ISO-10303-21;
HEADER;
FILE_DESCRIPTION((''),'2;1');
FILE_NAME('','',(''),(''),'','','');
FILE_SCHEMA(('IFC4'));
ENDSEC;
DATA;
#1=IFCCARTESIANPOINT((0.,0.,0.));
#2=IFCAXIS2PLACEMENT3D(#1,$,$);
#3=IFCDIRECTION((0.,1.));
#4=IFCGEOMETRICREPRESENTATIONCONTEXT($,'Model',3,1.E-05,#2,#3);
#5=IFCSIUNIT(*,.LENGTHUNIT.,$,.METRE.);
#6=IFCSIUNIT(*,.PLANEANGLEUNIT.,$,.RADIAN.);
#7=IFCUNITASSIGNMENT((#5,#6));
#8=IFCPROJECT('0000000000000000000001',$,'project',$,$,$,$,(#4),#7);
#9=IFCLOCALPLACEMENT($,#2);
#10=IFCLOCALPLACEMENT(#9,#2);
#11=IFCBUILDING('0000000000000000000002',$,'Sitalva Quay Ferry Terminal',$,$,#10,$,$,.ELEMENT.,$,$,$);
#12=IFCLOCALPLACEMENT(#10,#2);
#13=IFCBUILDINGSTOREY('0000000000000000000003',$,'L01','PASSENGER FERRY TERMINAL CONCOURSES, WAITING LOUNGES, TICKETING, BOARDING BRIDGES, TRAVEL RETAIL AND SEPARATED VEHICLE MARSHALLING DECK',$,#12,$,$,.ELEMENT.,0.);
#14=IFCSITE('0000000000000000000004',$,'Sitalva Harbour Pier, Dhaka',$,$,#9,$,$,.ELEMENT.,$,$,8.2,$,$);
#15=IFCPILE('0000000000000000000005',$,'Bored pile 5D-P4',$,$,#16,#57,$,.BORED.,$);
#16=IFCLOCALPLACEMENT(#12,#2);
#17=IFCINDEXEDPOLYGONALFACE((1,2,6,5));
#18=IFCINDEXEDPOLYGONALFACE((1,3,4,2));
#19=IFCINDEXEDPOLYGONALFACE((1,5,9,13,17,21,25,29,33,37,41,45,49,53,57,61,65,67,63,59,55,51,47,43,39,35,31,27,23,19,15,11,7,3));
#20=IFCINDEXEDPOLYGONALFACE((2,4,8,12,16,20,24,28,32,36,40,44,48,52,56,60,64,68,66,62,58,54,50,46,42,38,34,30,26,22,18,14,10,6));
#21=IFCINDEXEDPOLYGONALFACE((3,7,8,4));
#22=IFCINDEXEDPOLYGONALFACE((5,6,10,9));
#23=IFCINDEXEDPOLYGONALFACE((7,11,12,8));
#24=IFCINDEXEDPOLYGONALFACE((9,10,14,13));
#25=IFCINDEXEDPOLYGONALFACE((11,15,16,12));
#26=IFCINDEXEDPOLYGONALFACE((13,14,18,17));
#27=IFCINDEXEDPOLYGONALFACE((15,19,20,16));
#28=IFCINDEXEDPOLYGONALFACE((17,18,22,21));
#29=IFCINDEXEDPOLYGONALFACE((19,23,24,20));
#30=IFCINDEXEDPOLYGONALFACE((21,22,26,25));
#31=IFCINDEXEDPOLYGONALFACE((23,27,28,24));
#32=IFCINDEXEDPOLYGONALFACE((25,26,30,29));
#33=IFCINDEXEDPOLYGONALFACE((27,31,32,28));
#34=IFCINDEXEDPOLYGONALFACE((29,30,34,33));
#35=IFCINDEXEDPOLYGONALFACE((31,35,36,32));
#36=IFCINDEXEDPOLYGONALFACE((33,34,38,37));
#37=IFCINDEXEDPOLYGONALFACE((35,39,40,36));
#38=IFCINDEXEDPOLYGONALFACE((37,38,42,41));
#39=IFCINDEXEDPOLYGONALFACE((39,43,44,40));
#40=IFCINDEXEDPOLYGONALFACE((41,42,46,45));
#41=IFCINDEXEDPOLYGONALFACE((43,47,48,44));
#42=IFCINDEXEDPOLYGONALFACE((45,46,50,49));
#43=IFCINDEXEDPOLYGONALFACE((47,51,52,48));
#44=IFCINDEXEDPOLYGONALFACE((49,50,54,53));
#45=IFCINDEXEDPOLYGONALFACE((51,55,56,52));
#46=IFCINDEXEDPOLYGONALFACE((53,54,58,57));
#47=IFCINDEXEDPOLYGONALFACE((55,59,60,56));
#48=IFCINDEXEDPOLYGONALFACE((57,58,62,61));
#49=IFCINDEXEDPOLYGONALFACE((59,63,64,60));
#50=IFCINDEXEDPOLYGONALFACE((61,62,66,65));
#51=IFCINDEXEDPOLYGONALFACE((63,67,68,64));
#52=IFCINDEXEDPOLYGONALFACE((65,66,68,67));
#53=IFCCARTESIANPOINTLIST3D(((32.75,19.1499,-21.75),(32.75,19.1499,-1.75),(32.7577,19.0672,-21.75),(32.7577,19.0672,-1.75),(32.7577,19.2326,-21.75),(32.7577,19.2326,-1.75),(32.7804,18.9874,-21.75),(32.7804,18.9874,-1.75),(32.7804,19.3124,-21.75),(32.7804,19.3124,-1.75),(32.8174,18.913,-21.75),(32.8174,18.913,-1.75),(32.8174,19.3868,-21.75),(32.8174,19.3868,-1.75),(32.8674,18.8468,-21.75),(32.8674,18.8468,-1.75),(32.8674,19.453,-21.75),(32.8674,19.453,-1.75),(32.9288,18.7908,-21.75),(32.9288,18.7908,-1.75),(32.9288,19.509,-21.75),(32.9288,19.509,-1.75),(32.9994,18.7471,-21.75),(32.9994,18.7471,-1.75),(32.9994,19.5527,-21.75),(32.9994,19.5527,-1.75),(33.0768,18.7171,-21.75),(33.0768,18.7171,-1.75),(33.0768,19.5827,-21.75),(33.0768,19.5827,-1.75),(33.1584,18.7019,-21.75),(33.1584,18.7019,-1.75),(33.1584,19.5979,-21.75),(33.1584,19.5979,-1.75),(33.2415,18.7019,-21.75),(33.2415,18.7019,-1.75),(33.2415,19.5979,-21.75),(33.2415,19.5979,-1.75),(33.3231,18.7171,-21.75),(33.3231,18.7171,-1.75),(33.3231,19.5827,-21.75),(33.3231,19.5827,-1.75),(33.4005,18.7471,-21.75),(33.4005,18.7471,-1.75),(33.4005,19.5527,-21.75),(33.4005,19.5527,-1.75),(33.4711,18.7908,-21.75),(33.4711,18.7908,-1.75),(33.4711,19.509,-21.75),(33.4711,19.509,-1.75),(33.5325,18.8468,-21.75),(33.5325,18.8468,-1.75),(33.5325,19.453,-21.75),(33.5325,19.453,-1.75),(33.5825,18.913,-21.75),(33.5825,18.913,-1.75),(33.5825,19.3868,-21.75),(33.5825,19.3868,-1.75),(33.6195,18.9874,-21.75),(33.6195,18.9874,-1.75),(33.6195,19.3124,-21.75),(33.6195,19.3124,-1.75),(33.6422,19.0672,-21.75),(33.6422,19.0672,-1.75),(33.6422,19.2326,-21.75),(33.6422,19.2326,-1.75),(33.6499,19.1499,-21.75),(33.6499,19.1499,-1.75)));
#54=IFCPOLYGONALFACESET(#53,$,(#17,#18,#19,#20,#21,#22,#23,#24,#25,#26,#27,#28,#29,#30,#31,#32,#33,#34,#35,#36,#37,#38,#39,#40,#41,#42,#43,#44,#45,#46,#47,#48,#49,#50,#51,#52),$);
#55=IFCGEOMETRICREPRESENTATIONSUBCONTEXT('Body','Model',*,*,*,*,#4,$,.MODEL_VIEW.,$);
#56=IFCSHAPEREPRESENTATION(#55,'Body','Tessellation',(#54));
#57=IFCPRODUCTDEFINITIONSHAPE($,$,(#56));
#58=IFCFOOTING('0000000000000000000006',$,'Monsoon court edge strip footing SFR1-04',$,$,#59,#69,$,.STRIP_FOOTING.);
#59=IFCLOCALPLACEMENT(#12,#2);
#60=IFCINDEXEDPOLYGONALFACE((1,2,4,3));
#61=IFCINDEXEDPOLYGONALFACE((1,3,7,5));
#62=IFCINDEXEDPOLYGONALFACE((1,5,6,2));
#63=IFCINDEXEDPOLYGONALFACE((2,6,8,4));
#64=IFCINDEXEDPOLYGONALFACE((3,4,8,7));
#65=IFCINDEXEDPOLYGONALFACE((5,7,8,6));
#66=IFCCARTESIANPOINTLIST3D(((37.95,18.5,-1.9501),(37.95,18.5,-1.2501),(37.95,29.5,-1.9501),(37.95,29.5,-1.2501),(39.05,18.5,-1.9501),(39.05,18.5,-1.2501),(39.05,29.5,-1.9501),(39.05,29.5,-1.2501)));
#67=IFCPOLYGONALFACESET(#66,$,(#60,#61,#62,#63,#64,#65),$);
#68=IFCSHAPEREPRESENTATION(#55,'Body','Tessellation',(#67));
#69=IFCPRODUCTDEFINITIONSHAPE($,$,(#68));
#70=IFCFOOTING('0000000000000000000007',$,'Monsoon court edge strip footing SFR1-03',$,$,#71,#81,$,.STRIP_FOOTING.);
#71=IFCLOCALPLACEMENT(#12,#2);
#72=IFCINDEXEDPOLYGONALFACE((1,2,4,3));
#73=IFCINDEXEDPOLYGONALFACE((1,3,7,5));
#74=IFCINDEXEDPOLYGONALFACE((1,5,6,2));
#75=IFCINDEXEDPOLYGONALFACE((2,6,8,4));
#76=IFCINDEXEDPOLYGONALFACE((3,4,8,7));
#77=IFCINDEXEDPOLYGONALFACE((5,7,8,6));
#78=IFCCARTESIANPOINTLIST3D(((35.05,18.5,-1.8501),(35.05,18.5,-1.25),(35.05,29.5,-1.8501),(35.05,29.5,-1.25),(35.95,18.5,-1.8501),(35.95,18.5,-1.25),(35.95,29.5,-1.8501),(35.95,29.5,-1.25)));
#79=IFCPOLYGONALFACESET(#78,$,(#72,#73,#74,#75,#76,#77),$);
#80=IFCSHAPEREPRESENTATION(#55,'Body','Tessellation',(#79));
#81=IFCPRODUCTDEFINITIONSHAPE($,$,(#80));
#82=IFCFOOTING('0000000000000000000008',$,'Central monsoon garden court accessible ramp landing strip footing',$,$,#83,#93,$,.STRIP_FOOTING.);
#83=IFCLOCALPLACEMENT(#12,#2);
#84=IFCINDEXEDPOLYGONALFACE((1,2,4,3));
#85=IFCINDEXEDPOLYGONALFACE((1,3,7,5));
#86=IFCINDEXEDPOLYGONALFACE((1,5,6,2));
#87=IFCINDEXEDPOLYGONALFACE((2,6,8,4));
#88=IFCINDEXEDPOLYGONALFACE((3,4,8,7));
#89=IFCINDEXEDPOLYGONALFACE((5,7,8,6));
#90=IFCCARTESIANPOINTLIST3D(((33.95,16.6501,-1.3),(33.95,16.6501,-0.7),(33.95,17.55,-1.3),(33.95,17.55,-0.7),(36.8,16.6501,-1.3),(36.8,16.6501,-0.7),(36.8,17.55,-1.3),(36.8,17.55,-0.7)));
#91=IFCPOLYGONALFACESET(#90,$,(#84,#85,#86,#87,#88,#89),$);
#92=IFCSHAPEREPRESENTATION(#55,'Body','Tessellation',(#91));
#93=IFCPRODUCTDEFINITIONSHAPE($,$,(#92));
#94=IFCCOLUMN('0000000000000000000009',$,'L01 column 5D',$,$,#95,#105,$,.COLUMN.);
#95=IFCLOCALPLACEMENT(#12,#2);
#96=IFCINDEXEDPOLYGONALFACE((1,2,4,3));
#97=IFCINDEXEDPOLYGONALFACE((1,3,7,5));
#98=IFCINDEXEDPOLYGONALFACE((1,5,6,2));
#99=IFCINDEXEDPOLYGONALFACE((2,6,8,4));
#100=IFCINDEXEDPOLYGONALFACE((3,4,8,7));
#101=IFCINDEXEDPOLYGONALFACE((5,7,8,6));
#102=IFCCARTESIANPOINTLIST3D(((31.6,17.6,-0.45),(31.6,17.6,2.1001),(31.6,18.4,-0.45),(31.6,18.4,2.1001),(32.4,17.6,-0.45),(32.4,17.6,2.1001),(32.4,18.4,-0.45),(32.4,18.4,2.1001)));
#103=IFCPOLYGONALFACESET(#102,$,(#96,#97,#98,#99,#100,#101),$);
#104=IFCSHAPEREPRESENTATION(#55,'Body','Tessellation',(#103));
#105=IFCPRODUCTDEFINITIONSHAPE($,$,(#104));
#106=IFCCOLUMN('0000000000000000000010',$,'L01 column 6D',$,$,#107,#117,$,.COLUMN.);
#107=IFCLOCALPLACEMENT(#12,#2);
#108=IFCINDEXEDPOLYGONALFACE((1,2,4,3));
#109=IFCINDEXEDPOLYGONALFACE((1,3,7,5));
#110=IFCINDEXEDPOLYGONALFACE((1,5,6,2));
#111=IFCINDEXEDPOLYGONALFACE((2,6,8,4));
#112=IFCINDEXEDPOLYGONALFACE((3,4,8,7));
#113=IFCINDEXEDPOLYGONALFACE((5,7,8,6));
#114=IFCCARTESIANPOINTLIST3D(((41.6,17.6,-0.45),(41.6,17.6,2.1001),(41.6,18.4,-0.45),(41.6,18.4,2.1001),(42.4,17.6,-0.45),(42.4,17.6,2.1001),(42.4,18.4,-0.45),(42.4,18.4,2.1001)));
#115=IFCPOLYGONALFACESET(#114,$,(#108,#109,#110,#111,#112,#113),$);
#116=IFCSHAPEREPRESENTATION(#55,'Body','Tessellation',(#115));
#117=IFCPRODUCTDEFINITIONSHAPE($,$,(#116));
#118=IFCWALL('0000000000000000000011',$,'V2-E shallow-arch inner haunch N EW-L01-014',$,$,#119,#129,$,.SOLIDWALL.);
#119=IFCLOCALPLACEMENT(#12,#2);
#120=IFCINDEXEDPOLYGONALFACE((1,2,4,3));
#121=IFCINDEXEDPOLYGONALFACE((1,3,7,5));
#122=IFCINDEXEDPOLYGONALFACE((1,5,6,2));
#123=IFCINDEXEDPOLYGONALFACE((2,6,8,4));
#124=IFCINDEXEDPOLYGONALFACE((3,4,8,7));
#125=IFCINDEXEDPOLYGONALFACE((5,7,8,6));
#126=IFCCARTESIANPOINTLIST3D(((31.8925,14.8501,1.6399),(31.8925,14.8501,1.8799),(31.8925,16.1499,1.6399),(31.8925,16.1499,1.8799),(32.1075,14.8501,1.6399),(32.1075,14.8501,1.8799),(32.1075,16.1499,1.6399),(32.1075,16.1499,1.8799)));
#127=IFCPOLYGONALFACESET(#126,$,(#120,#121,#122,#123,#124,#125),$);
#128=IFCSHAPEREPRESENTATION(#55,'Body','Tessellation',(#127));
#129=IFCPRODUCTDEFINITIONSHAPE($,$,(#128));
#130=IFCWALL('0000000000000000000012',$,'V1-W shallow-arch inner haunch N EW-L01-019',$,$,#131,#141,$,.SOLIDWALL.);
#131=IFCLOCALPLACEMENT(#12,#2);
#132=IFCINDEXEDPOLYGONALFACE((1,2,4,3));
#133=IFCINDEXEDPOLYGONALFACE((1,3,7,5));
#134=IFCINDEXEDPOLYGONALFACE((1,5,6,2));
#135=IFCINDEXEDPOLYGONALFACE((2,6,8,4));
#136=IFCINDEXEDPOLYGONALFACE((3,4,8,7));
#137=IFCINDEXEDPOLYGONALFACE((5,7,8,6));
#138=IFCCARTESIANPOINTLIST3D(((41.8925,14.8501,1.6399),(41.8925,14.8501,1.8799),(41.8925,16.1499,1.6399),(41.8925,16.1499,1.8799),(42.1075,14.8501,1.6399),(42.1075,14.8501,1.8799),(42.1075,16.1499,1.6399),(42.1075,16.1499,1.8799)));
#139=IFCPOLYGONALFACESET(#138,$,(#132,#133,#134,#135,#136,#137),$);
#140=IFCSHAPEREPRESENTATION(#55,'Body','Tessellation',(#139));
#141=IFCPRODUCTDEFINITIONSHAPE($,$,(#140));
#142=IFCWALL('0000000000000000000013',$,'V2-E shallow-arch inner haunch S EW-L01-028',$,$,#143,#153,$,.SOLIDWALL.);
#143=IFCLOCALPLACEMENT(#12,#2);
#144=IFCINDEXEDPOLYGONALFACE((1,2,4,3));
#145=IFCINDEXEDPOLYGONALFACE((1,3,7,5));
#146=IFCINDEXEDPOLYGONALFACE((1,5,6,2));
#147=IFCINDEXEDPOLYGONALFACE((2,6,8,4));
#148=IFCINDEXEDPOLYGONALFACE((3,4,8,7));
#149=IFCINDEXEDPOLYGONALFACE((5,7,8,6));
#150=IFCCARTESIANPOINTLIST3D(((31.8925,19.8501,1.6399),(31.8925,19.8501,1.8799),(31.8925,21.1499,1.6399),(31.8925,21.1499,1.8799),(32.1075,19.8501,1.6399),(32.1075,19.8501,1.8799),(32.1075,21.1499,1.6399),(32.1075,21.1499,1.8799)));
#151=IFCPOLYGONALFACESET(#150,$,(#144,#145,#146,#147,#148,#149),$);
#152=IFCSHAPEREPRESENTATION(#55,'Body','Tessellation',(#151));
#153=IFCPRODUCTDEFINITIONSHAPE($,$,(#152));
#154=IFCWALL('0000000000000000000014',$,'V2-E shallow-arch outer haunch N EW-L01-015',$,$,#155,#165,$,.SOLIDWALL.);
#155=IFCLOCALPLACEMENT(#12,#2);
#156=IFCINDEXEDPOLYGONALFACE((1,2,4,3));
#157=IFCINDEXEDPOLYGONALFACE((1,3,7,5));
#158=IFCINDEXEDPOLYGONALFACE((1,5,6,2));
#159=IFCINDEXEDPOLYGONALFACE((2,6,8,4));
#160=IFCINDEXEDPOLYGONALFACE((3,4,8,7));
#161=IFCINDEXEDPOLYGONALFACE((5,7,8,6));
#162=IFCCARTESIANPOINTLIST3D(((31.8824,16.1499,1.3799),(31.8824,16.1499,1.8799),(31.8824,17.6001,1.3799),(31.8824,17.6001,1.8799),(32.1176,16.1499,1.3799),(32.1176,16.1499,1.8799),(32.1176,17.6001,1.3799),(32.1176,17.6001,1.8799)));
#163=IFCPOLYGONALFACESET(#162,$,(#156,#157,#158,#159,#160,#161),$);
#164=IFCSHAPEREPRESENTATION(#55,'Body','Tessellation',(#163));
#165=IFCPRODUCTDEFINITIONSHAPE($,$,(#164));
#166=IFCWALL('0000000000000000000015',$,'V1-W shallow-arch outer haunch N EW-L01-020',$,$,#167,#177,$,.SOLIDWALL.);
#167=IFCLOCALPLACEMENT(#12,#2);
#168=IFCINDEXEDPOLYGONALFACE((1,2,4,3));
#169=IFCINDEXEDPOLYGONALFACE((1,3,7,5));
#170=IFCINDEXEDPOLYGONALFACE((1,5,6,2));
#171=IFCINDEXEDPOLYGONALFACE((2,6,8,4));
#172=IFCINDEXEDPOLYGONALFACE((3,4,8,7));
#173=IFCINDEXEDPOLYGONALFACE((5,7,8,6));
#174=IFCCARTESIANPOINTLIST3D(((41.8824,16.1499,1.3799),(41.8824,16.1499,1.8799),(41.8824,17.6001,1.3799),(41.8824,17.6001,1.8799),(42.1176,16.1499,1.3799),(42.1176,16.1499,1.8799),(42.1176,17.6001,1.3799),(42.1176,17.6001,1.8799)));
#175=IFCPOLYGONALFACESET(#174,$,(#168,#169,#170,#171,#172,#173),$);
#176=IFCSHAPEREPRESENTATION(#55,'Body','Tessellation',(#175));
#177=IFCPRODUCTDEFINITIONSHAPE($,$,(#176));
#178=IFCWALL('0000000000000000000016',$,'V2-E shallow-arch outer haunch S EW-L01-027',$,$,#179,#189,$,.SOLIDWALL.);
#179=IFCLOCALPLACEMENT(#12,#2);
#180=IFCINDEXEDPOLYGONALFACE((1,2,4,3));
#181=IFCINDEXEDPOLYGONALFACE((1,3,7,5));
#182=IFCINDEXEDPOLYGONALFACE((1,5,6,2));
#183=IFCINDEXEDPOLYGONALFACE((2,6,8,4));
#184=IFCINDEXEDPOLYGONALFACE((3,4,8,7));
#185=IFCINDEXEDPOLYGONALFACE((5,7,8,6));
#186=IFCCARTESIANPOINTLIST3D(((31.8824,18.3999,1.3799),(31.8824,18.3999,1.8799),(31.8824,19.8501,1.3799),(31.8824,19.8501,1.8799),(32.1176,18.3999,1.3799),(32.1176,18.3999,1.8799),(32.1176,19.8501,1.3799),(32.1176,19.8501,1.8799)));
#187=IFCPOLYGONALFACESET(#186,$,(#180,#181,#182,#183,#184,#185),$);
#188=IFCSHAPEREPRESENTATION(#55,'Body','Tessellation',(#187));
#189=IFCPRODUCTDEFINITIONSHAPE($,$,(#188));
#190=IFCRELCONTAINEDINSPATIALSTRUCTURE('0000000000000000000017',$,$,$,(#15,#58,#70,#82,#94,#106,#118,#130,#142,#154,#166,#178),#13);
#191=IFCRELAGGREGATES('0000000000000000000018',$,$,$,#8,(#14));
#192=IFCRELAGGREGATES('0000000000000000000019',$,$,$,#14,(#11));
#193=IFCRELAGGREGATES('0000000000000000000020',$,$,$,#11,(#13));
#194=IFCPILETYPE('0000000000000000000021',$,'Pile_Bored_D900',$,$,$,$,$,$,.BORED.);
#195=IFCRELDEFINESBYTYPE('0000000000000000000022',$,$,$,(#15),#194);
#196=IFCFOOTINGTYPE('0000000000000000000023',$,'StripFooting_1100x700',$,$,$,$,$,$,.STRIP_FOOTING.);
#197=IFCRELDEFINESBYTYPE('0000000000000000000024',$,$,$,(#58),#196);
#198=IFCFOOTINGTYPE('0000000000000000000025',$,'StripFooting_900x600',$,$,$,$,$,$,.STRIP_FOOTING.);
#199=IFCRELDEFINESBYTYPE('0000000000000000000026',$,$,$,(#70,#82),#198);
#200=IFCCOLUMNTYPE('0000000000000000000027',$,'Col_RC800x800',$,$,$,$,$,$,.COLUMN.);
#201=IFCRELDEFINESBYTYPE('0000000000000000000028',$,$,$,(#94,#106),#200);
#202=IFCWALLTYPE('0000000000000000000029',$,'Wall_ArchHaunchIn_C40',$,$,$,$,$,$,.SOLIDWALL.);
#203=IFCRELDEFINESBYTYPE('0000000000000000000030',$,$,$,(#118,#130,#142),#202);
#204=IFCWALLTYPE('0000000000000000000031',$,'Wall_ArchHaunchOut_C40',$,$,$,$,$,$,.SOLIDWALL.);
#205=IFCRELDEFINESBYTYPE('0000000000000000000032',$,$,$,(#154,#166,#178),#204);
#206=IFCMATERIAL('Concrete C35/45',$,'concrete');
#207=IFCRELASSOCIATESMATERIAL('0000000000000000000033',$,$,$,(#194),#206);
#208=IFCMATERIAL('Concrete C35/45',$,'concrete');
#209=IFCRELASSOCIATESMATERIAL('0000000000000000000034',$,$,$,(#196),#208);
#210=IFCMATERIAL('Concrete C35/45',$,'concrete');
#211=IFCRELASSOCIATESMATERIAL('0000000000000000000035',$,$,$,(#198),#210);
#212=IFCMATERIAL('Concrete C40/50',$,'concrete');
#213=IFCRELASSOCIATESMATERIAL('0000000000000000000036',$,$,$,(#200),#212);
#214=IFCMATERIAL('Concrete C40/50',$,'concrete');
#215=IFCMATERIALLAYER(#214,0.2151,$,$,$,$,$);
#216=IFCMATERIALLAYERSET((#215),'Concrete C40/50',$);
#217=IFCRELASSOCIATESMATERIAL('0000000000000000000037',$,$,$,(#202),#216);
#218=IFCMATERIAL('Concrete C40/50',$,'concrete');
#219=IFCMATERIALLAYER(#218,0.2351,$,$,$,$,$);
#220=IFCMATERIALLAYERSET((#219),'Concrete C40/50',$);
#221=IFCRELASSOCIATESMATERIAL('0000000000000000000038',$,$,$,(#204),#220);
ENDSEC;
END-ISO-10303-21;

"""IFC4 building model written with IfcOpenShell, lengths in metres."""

from ifc_helpers import new_model, si_unit, direction, frame, frame_2d, origin, origin_2d, place, context, subcontext, project, spatial, rectangle, circle, extrude, material, layer, layer_set, material_profile, profile_set, type_object, element, save


model = new_model("IFC4")

# Units and contexts
model_context = context("Model", 3, precision=1e-05, world=origin(), true_north=direction((0.0, 1.0)))
body_context = subcontext(model_context, "Body", "Model", "MODEL_VIEW")
ifc_project = project(units=[si_unit("LENGTHUNIT", "METRE"), si_unit("PLANEANGLEUNIT", "RADIAN")], contexts=[model_context])

# Site, building, storey
site_placement = place(None, origin())
site = spatial("IfcSite", under=ifc_project, at=site_placement, Name="Sitalva Harbour Pier, Dhaka", CompositionType="ELEMENT", RefElevation=8.2)
building_placement = place(site_placement, origin())
building = spatial("IfcBuilding", under=site, at=building_placement, Name="Sitalva Quay Ferry Terminal", CompositionType="ELEMENT")
storey_placement = place(building_placement, origin())
storey = spatial("IfcBuildingStorey", under=building, at=storey_placement, Name="L01", Description="PASSENGER FERRY TERMINAL CONCOURSES, WAITING LOUNGES, TICKETING, BOARDING BRIDGES, TRAVEL RETAIL AND SEPARATED VEHICLE MARSHALLING DECK", CompositionType="ELEMENT", Elevation=0.0)

# Pile
ifc_material_1 = material(Name="Concrete C35/45", Category="concrete")
ifc_material_profile_1 = material_profile(ifc_material_1, circle(Radius=0.45, at=origin_2d()), Name="PILE-D900")
ifc_profile_set_1 = profile_set([ifc_material_profile_1], Name="Concrete C35/45")
pile_type_1 = type_object("IfcPileType", Name="Pile_Bored_D900", PredefinedType="BORED", material=ifc_profile_set_1)
for number, where, z_axis, x_axis, name in (
    (1, (33.2, 19.1499, -1.75), (0.0, 0.0, -1.0), (1.0, 0.0, 0.0), "Bored pile 5D-P4"),
):
    element("IfcPile", number, at=place(storey_placement, frame(where, z_axis=z_axis, x_axis=x_axis)), inside=storey, type_object=pile_type_1, Name=name, PredefinedType="BORED", context=body_context, shape_type="SweptSolid", body=[
        extrude(circle(Radius=0.45, at=origin_2d()), origin(), (0.0, 0.0, 1.0), 20.0),
    ])

# Footings
ifc_material_2 = material(Name="Concrete C35/45", Category="concrete")
ifc_material_profile_2 = material_profile(ifc_material_2, rectangle(XDim=1.1001, YDim=0.7, at=origin_2d()), Name="RC1100x700")
ifc_profile_set_2 = profile_set([ifc_material_profile_2], Name="Concrete C35/45")
footing_type_1 = type_object("IfcFootingType", Name="StripFooting_1100x700", PredefinedType="STRIP_FOOTING", material=ifc_profile_set_2)
footing_1_placement = place(storey_placement, frame((38.5, 18.5, -1.6001), z_axis=(0.0, 1.0, 0.0), x_axis=(-1.0, 0.0, 0.0)))
element("IfcFooting", 2, at=footing_1_placement, inside=storey, type_object=footing_type_1, Name="Monsoon court edge strip footing SFR1-04", PredefinedType="STRIP_FOOTING", context=body_context, shape_type="SweptSolid", body=[
    extrude(rectangle(XDim=1.1001, YDim=0.7, at=origin_2d()), origin(), (0.0, 0.0, 1.0), 11.0),
])
ifc_material_3 = material(Name="Concrete C35/45", Category="concrete")
ifc_material_profile_3 = material_profile(ifc_material_3, rectangle(XDim=0.8999, YDim=0.6001, at=origin_2d()), Name="RC900x600")
ifc_profile_set_3 = profile_set([ifc_material_profile_3], Name="Concrete C35/45")
footing_type_2 = type_object("IfcFootingType", Name="StripFooting_900x600", PredefinedType="STRIP_FOOTING", material=ifc_profile_set_3)
footing_2_placement = place(storey_placement, frame((35.5, 18.5, -1.55), z_axis=(0.0, 1.0, 0.0), x_axis=(-1.0, 0.0, 0.0)))
element("IfcFooting", 3, at=footing_2_placement, inside=storey, type_object=footing_type_2, Name="Monsoon court edge strip footing SFR1-03", PredefinedType="STRIP_FOOTING", context=body_context, shape_type="SweptSolid", body=[
    extrude(rectangle(XDim=0.8999, YDim=0.6001, at=origin_2d()), origin(), (0.0, 0.0, 1.0), 11.0),
])
footing_3_placement = place(storey_placement, frame((33.95, 17.1001, -1.0), z_axis=(1.0, 0.0, 0.0), x_axis=(0.0, 1.0, 0.0)))
element("IfcFooting", 4, at=footing_3_placement, inside=storey, type_object=footing_type_2, Name="Central monsoon garden court accessible ramp landing strip footing", PredefinedType="STRIP_FOOTING", context=body_context, shape_type="SweptSolid", body=[
    extrude(rectangle(XDim=0.8999, YDim=0.6001, at=origin_2d()), origin(), (0.0, 0.0, 1.0), 2.8501),
])

# Columns
ifc_material_4 = material(Name="Concrete C40/50", Category="concrete")
ifc_material_profile_4 = material_profile(ifc_material_4, rectangle(XDim=0.8, YDim=0.8, at=origin_2d()), Name="RC800x800")
ifc_profile_set_4 = profile_set([ifc_material_profile_4], Name="Concrete C40/50")
column_type = type_object("IfcColumnType", Name="Col_RC800x800", PredefinedType="COLUMN", material=ifc_profile_set_4)
for number, where, z_axis, x_axis, name in (
    (5, (32.0, 18.0, -0.45), (0.0, 0.0, 1.0), (1.0, 0.0, 0.0), "L01 column 5D"),
    (6, (42.0, 18.0, -0.45), (0.0, 0.0, 1.0), (1.0, 0.0, 0.0), "L01 column 6D"),
):
    element("IfcColumn", number, at=place(storey_placement, frame(where, z_axis=z_axis, x_axis=x_axis)), inside=storey, type_object=column_type, Name=name, PredefinedType="COLUMN", context=body_context, shape_type="SweptSolid", body=[
        extrude(rectangle(XDim=0.8, YDim=0.8, at=origin_2d()), origin(), (0.0, 0.0, 1.0), 2.55),
    ])

# Walls
ifc_material_5 = material(Name="Concrete C40/50", Category="concrete")
ifc_layer_1 = layer(ifc_material_5, 0.2151)
ifc_layer_set_1 = layer_set([ifc_layer_1], Name="Concrete C40/50")
wall_type_1 = type_object("IfcWallType", Name="Wall_ArchHaunchIn_C40", PredefinedType="SOLIDWALL", material=ifc_layer_set_1)
for number, where, z_axis, x_axis, name in (
    (7, (32.0, 14.8501, 1.6399), (0.0, 0.0, 1.0), (0.0, 1.0, 0.0), "V2-E shallow-arch inner haunch N EW-L01-014"),
    (8, (42.0, 14.8501, 1.6399), (0.0, 0.0, 1.0), (0.0, 1.0, 0.0), "V1-W shallow-arch inner haunch N EW-L01-019"),
    (9, (32.0, 19.8501, 1.6399), (0.0, 0.0, 1.0), (0.0, 1.0, 0.0), "V2-E shallow-arch inner haunch S EW-L01-028"),
):
    element("IfcWall", number, at=place(storey_placement, frame(where, z_axis=z_axis, x_axis=x_axis)), inside=storey, type_object=wall_type_1, Name=name, PredefinedType="SOLIDWALL", context=body_context, shape_type="SweptSolid", body=[
        extrude(rectangle(XDim=1.2998, YDim=0.2151, at=frame_2d((0.6499, 0.0))), origin(), (0.0, 0.0, 1.0), 0.24),
    ])
ifc_material_6 = material(Name="Concrete C40/50", Category="concrete")
ifc_layer_2 = layer(ifc_material_6, 0.2351)
ifc_layer_set_2 = layer_set([ifc_layer_2], Name="Concrete C40/50")
wall_type_2 = type_object("IfcWallType", Name="Wall_ArchHaunchOut_C40", PredefinedType="SOLIDWALL", material=ifc_layer_set_2)
for number, where, z_axis, x_axis, name in (
    (10, (32.0, 16.1499, 1.3799), (0.0, 0.0, 1.0), (0.0, 1.0, 0.0), "V2-E shallow-arch outer haunch N EW-L01-015"),
    (11, (42.0, 16.1499, 1.3799), (0.0, 0.0, 1.0), (0.0, 1.0, 0.0), "V1-W shallow-arch outer haunch N EW-L01-020"),
    (12, (32.0, 18.3999, 1.3799), (0.0, 0.0, 1.0), (0.0, 1.0, 0.0), "V2-E shallow-arch outer haunch S EW-L01-027"),
):
    element("IfcWall", number, at=place(storey_placement, frame(where, z_axis=z_axis, x_axis=x_axis)), inside=storey, type_object=wall_type_2, Name=name, PredefinedType="SOLIDWALL", context=body_context, shape_type="SweptSolid", body=[
        extrude(rectangle(XDim=1.4502, YDim=0.2351, at=frame_2d((0.7251, 0.0))), origin(), (0.0, 0.0, 1.0), 0.5),
    ])

save(model, "model.ifc")
